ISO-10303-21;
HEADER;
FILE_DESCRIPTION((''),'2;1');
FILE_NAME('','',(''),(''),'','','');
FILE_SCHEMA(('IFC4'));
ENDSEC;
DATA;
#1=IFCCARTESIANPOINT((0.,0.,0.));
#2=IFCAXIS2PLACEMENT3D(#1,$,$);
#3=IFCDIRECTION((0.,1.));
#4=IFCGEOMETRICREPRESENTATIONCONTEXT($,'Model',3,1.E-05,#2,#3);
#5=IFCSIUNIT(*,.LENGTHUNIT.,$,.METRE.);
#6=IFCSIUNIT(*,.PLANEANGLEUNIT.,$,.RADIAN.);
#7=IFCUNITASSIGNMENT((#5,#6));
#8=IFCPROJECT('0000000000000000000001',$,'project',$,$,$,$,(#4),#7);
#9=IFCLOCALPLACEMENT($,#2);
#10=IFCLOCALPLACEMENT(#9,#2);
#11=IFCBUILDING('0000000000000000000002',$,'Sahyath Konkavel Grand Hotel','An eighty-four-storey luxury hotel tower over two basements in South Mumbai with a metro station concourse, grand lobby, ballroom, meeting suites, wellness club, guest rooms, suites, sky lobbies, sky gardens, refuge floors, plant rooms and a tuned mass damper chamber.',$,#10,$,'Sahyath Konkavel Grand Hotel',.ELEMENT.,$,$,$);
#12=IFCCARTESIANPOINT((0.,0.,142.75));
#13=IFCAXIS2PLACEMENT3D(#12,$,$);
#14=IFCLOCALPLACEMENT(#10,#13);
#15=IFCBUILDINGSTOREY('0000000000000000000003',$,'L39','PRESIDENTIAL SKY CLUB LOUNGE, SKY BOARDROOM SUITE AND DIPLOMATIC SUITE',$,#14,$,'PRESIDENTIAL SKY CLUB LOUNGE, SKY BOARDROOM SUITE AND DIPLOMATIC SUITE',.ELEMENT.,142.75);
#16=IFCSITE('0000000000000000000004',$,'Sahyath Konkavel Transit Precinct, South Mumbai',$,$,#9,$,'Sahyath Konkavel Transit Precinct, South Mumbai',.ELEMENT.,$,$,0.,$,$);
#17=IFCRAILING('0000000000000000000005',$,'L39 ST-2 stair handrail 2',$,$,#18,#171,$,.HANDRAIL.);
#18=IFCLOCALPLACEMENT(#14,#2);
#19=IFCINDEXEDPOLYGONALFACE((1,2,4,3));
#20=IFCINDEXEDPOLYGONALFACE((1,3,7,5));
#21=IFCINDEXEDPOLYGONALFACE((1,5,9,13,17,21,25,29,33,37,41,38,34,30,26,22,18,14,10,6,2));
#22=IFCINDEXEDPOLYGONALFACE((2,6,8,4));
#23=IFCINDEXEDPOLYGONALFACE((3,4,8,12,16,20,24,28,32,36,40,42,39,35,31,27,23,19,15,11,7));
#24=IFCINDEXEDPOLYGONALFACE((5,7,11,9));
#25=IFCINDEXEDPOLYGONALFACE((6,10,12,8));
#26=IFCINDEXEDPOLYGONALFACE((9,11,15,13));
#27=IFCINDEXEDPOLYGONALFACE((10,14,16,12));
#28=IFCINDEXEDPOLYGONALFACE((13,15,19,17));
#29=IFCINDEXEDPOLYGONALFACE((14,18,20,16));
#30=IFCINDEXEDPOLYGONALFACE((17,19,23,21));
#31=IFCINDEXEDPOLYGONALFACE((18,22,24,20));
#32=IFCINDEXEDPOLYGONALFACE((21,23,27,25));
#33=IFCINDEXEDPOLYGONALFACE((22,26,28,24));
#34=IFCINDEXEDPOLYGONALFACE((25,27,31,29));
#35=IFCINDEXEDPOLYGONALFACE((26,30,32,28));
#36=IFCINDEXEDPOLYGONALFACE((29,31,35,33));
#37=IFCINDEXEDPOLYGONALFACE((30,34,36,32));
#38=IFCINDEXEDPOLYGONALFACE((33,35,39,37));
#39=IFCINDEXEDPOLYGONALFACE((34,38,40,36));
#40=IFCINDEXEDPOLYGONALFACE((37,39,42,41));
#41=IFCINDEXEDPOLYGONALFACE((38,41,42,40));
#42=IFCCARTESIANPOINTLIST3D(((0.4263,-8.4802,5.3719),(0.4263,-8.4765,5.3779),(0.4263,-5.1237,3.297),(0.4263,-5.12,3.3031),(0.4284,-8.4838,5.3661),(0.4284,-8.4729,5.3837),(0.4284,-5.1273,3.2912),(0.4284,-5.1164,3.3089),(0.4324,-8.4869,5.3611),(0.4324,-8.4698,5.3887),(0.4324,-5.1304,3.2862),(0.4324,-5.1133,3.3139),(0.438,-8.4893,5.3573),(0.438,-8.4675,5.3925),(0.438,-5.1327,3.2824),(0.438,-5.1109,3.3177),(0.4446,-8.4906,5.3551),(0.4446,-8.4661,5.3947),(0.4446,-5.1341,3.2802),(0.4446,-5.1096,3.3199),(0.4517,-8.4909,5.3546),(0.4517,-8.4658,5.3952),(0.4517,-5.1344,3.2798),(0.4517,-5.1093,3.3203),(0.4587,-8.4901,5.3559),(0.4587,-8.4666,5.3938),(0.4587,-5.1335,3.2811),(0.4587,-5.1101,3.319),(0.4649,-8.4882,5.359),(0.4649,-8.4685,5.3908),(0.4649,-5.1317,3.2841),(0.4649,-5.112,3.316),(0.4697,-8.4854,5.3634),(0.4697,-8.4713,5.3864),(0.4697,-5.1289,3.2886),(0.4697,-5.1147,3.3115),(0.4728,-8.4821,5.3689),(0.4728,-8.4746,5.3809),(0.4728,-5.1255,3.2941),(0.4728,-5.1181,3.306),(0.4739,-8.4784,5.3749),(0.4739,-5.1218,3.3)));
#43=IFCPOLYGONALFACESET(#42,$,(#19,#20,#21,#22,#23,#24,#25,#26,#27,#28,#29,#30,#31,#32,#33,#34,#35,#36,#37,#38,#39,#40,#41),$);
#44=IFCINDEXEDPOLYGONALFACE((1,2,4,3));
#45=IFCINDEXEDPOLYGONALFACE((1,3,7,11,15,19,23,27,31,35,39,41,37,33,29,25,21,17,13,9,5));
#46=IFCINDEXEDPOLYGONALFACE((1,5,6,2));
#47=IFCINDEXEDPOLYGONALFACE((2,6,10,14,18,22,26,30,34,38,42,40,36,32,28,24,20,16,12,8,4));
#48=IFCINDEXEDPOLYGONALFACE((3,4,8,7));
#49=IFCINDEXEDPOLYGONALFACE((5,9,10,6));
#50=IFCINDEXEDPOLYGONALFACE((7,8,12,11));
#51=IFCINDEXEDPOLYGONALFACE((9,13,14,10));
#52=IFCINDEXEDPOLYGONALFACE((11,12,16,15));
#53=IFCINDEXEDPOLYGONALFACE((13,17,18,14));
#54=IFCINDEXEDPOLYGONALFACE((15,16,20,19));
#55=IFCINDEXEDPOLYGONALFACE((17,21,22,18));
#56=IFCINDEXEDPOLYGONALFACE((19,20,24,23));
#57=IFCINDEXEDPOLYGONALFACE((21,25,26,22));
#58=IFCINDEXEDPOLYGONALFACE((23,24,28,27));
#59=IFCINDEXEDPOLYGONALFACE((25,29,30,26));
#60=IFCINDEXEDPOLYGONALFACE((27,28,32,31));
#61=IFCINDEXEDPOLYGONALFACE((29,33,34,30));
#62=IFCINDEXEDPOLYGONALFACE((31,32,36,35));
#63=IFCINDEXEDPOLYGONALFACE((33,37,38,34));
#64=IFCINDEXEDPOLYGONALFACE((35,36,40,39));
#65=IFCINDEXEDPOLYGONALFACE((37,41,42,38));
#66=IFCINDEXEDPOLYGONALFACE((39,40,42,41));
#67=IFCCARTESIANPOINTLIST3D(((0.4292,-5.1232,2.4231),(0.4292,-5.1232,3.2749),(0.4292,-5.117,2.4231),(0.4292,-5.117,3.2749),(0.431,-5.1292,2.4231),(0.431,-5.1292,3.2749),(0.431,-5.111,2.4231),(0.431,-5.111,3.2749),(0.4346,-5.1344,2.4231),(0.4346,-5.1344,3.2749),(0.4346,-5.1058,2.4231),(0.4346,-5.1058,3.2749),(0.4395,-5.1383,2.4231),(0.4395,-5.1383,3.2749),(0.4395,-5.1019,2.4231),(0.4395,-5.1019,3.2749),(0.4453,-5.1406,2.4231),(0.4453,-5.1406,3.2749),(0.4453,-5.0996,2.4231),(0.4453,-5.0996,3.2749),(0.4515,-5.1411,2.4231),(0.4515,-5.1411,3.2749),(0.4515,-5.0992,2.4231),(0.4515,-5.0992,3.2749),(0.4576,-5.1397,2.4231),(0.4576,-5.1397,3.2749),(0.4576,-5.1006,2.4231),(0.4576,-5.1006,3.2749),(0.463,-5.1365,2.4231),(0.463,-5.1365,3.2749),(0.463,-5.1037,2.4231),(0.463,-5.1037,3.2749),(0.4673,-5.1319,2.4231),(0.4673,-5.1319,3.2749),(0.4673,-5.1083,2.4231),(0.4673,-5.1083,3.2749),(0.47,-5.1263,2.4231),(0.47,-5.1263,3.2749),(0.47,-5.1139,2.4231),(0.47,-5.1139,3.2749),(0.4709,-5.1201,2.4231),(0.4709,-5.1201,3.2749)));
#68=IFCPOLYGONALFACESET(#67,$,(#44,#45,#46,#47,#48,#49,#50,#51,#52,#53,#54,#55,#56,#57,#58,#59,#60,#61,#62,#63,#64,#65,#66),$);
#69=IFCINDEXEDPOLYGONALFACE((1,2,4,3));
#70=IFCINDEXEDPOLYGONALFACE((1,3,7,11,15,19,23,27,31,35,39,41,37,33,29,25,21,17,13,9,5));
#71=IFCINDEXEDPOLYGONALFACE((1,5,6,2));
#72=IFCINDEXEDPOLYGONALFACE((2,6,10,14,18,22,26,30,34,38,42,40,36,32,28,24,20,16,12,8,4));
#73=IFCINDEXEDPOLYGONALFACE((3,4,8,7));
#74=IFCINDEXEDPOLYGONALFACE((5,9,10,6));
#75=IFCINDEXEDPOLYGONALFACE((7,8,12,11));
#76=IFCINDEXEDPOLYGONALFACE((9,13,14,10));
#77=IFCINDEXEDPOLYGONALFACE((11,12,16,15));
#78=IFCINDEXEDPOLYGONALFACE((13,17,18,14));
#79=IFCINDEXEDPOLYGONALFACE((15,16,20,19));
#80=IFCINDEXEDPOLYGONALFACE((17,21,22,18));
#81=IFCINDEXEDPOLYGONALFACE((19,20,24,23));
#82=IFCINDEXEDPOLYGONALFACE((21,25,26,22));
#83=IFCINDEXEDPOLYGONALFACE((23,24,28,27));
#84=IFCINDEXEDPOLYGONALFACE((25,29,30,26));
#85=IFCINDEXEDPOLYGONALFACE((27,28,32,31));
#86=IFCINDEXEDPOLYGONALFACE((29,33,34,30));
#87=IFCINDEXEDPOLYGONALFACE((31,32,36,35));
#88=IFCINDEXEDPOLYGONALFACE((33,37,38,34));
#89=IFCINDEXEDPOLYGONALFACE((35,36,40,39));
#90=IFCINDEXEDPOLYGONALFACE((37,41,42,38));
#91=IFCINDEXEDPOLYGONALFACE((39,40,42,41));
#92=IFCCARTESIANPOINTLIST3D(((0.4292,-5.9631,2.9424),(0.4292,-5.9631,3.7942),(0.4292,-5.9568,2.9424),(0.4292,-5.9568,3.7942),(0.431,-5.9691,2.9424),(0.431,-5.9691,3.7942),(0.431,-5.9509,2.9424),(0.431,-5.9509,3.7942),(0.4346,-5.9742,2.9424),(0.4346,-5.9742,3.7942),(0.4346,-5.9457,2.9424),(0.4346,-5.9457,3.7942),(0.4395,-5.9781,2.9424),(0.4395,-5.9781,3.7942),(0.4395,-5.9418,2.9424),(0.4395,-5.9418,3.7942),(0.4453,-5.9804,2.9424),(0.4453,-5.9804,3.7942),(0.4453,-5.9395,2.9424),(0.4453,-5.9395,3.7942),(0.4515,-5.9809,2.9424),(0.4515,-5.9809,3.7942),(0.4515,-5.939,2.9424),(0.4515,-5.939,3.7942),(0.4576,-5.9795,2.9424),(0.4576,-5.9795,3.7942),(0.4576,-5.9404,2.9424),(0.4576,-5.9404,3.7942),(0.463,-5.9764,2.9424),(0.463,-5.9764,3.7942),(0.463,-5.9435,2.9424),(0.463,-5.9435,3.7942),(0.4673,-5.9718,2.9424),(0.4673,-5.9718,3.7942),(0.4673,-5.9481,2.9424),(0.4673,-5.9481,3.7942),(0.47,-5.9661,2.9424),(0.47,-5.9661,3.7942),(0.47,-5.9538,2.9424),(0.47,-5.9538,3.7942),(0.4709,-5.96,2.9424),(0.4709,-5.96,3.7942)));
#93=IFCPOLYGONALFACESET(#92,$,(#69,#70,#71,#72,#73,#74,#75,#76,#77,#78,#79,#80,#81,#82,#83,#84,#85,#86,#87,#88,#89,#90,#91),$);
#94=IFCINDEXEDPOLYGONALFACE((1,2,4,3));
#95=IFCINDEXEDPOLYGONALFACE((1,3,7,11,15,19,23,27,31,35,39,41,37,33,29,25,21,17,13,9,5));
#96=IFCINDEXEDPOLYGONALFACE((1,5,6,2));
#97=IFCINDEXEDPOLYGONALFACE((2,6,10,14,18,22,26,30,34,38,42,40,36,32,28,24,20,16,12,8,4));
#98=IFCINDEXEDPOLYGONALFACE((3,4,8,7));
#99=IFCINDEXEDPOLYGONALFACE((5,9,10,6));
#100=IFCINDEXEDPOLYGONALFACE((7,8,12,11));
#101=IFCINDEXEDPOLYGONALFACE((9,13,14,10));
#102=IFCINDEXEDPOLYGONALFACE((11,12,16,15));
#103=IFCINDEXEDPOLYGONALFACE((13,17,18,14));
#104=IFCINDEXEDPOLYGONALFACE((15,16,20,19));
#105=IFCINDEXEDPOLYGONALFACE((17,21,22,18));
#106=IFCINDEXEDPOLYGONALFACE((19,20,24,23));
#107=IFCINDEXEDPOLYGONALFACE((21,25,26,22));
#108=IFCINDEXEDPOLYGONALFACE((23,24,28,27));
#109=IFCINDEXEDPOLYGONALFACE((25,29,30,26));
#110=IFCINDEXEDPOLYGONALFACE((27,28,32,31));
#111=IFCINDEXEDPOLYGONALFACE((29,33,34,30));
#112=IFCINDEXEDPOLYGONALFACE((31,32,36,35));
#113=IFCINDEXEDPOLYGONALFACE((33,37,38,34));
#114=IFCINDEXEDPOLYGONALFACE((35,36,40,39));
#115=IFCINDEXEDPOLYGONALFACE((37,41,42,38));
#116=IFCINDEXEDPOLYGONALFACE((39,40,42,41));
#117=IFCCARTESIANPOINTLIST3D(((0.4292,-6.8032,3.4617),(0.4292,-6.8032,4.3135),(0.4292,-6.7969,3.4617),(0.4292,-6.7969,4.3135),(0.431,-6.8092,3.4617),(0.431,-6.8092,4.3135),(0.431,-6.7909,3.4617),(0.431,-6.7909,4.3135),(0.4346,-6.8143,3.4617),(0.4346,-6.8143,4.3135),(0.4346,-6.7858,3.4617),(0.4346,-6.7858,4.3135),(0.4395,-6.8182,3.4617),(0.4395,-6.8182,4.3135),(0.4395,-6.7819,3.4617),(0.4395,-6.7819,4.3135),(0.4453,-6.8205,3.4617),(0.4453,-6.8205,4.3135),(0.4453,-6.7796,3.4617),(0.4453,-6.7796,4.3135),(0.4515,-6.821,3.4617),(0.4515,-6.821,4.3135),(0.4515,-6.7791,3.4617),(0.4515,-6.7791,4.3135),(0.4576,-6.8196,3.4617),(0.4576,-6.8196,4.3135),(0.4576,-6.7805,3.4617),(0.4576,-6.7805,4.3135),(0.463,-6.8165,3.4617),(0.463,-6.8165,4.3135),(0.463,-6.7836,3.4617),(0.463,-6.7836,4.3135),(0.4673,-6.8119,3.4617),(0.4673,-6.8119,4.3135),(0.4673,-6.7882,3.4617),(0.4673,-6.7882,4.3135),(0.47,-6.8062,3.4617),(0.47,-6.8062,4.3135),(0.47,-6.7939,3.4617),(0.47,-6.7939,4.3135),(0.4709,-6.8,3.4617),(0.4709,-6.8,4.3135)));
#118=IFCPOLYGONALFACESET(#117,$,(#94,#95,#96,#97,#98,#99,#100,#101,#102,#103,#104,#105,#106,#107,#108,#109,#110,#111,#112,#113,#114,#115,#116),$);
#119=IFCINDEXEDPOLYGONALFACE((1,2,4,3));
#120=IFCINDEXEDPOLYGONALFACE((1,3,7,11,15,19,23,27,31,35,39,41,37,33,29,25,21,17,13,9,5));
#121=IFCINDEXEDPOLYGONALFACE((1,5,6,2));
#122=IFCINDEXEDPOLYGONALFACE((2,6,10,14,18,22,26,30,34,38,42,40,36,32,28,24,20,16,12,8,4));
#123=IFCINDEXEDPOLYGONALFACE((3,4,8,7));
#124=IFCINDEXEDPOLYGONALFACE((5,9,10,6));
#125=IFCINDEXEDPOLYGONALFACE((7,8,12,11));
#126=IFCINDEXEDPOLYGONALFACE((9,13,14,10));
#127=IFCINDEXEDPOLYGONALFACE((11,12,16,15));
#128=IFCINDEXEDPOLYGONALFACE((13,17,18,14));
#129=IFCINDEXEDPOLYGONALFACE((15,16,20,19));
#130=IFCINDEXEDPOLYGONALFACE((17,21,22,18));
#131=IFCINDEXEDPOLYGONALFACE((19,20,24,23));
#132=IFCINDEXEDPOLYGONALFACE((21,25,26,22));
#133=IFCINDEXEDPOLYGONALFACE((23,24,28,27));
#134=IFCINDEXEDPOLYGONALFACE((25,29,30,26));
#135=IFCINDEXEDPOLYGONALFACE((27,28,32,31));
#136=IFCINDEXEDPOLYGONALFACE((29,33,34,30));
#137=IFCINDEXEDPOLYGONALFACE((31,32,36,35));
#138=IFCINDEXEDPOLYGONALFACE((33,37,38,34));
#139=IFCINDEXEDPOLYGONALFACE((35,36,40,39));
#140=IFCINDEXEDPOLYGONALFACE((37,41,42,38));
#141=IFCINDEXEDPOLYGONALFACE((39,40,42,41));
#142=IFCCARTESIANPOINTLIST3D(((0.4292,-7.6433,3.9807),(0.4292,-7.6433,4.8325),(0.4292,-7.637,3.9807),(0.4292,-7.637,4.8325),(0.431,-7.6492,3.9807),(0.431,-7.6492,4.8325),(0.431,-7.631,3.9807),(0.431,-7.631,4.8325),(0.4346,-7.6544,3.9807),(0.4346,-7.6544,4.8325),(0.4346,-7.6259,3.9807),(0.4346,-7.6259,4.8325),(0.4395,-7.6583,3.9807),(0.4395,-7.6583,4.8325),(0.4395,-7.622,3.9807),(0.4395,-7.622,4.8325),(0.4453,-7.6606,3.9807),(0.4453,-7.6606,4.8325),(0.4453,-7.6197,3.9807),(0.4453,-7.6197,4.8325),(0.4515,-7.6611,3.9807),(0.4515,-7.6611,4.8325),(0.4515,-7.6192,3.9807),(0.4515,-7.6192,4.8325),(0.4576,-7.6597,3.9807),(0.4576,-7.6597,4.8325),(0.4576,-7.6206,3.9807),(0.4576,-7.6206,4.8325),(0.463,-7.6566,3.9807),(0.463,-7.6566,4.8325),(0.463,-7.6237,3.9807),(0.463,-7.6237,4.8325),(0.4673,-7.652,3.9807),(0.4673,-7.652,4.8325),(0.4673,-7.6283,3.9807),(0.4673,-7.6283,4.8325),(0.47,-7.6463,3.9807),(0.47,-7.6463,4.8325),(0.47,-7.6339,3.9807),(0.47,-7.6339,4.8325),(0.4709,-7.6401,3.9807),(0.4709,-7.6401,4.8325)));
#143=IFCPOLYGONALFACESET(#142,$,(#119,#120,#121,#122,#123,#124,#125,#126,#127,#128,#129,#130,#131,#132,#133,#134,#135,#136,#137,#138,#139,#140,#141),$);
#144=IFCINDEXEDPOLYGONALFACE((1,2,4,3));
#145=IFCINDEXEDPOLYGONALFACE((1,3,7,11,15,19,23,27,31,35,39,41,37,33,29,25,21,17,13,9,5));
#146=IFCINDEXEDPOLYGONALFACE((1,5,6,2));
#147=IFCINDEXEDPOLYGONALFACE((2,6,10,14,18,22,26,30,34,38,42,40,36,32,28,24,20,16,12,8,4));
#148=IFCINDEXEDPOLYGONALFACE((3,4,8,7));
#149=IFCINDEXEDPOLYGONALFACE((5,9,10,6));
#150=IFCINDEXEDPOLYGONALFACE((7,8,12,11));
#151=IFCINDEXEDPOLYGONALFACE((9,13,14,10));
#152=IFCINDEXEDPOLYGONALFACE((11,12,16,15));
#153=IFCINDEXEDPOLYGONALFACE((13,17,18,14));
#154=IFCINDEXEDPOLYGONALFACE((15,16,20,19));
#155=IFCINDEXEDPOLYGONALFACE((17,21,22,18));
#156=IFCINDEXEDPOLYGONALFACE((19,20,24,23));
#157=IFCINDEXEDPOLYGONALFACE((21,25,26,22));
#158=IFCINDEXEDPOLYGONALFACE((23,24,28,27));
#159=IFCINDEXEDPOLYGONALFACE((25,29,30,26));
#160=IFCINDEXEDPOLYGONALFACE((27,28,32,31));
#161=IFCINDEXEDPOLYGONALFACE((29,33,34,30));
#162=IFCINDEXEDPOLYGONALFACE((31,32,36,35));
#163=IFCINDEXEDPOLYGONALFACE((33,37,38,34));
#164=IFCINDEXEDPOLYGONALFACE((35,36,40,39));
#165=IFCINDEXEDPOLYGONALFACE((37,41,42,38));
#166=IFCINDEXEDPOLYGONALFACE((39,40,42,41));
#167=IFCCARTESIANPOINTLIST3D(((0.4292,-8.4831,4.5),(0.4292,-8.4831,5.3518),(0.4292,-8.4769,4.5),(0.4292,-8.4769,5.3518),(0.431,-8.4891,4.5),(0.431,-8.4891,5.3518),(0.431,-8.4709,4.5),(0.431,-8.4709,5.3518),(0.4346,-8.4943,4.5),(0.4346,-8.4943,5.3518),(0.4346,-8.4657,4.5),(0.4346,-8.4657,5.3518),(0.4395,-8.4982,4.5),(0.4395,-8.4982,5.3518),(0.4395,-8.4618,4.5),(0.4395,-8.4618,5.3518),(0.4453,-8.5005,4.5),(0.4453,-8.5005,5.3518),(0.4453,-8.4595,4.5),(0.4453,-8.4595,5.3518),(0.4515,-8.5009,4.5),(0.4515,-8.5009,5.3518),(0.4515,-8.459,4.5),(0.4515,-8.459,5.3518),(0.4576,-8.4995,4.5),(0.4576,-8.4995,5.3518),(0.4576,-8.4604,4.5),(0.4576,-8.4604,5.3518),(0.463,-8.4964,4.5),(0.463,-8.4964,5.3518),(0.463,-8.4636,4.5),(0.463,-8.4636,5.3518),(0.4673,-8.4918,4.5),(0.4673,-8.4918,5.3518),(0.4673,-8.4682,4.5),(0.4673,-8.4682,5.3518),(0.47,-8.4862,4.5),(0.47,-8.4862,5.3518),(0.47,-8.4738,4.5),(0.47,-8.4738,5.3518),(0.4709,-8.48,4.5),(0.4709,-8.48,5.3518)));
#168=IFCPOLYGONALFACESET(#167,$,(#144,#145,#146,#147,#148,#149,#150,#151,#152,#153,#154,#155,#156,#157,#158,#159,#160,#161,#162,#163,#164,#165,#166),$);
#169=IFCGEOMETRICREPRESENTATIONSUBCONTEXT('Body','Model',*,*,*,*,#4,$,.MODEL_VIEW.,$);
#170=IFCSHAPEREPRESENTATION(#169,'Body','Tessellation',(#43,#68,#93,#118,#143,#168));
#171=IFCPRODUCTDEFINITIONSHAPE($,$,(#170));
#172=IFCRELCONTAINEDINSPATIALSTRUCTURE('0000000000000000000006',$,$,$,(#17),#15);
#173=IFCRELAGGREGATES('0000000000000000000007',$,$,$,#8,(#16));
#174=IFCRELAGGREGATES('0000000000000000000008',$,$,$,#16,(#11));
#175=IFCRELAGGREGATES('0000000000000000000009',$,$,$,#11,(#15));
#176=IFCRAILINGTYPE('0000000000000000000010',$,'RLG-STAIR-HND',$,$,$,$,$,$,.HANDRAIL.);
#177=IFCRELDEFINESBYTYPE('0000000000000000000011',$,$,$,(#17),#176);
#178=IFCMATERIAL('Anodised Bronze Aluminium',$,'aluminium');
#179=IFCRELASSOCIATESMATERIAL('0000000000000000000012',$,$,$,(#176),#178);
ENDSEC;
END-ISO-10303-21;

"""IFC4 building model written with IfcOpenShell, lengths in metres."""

from ifc_helpers import new_model, si_unit, direction, frame, origin, origin_2d, place, context, subcontext, project, spatial, circle, extrude, material, type_object, element, save


model = new_model("IFC4")

# Units and contexts
model_context = context("Model", 3, precision=1e-05, world=origin(), true_north=direction((0.0, 1.0)))
body_context = subcontext(model_context, "Body", "Model", "MODEL_VIEW")
ifc_project = project(units=[si_unit("LENGTHUNIT", "METRE"), si_unit("PLANEANGLEUNIT", "RADIAN")], contexts=[model_context])

# Site, building, storey
site_placement = place(None, origin())
site = spatial("IfcSite", under=ifc_project, at=site_placement, Name="Sahyath Konkavel Transit Precinct, South Mumbai", LongName="Sahyath Konkavel Transit Precinct, South Mumbai", CompositionType="ELEMENT", RefElevation=0.0)
building_placement = place(site_placement, origin())
building = spatial("IfcBuilding", under=site, at=building_placement, Name="Sahyath Konkavel Grand Hotel", Description="An eighty-four-storey luxury hotel tower over two basements in South Mumbai with a metro station concourse, grand lobby, ballroom, meeting suites, wellness club, guest rooms, suites, sky lobbies, sky gardens, refuge floors, plant rooms and a tuned mass damper chamber.", LongName="Sahyath Konkavel Grand Hotel", CompositionType="ELEMENT")
storey_placement = place(building_placement, frame((0.0, 0.0, 142.75)))
storey = spatial("IfcBuildingStorey", under=building, at=storey_placement, Name="L39", Description="PRESIDENTIAL SKY CLUB LOUNGE, SKY BOARDROOM SUITE AND DIPLOMATIC SUITE", LongName="PRESIDENTIAL SKY CLUB LOUNGE, SKY BOARDROOM SUITE AND DIPLOMATIC SUITE", CompositionType="ELEMENT", Elevation=142.75)

# Shared definitions
ifc_material_1 = material(Name="Anodised Bronze Aluminium", Category="aluminium")

# Railing
railing_type_1 = type_object("IfcRailingType", Name="RLG-STAIR-HND", PredefinedType="HANDRAIL", material=ifc_material_1)
railing_1_placement = place(storey_placement, frame((0.45, -5.1201, 2.4231)))
element("IfcRailing", 1, at=railing_1_placement, inside=storey, type_object=railing_type_1, Name="L39 ST-2 stair handrail 2", PredefinedType="HANDRAIL", context=body_context, shape_type="SweptSolid", body=[
    extrude(circle(Radius=0.0239, at=origin_2d()), frame((0.0, -0.0017, 0.877), z_axis=(0.0, -0.850606, 0.525803), x_axis=(1.0, 0.0, 0.0)), (0.0, 0.0, 1.0), 3.946),
    extrude(circle(Radius=0.021, at=origin_2d()), origin(), (0.0, 0.0, 1.0), 0.8518),
    extrude(circle(Radius=0.021, at=origin_2d()), frame((0.0, -0.8398, 0.5193)), (0.0, 0.0, 1.0), 0.8518),
    extrude(circle(Radius=0.021, at=origin_2d()), frame((0.0, -1.6799, 1.0386)), (0.0, 0.0, 1.0), 0.8518),
    extrude(circle(Radius=0.021, at=origin_2d()), frame((0.0, -2.52, 1.5576)), (0.0, 0.0, 1.0), 0.8518),
    extrude(circle(Radius=0.021, at=origin_2d()), frame((0.0, -3.3599, 2.0769)), (0.0, 0.0, 1.0), 0.8518),
])

save(model, "model.ifc")
